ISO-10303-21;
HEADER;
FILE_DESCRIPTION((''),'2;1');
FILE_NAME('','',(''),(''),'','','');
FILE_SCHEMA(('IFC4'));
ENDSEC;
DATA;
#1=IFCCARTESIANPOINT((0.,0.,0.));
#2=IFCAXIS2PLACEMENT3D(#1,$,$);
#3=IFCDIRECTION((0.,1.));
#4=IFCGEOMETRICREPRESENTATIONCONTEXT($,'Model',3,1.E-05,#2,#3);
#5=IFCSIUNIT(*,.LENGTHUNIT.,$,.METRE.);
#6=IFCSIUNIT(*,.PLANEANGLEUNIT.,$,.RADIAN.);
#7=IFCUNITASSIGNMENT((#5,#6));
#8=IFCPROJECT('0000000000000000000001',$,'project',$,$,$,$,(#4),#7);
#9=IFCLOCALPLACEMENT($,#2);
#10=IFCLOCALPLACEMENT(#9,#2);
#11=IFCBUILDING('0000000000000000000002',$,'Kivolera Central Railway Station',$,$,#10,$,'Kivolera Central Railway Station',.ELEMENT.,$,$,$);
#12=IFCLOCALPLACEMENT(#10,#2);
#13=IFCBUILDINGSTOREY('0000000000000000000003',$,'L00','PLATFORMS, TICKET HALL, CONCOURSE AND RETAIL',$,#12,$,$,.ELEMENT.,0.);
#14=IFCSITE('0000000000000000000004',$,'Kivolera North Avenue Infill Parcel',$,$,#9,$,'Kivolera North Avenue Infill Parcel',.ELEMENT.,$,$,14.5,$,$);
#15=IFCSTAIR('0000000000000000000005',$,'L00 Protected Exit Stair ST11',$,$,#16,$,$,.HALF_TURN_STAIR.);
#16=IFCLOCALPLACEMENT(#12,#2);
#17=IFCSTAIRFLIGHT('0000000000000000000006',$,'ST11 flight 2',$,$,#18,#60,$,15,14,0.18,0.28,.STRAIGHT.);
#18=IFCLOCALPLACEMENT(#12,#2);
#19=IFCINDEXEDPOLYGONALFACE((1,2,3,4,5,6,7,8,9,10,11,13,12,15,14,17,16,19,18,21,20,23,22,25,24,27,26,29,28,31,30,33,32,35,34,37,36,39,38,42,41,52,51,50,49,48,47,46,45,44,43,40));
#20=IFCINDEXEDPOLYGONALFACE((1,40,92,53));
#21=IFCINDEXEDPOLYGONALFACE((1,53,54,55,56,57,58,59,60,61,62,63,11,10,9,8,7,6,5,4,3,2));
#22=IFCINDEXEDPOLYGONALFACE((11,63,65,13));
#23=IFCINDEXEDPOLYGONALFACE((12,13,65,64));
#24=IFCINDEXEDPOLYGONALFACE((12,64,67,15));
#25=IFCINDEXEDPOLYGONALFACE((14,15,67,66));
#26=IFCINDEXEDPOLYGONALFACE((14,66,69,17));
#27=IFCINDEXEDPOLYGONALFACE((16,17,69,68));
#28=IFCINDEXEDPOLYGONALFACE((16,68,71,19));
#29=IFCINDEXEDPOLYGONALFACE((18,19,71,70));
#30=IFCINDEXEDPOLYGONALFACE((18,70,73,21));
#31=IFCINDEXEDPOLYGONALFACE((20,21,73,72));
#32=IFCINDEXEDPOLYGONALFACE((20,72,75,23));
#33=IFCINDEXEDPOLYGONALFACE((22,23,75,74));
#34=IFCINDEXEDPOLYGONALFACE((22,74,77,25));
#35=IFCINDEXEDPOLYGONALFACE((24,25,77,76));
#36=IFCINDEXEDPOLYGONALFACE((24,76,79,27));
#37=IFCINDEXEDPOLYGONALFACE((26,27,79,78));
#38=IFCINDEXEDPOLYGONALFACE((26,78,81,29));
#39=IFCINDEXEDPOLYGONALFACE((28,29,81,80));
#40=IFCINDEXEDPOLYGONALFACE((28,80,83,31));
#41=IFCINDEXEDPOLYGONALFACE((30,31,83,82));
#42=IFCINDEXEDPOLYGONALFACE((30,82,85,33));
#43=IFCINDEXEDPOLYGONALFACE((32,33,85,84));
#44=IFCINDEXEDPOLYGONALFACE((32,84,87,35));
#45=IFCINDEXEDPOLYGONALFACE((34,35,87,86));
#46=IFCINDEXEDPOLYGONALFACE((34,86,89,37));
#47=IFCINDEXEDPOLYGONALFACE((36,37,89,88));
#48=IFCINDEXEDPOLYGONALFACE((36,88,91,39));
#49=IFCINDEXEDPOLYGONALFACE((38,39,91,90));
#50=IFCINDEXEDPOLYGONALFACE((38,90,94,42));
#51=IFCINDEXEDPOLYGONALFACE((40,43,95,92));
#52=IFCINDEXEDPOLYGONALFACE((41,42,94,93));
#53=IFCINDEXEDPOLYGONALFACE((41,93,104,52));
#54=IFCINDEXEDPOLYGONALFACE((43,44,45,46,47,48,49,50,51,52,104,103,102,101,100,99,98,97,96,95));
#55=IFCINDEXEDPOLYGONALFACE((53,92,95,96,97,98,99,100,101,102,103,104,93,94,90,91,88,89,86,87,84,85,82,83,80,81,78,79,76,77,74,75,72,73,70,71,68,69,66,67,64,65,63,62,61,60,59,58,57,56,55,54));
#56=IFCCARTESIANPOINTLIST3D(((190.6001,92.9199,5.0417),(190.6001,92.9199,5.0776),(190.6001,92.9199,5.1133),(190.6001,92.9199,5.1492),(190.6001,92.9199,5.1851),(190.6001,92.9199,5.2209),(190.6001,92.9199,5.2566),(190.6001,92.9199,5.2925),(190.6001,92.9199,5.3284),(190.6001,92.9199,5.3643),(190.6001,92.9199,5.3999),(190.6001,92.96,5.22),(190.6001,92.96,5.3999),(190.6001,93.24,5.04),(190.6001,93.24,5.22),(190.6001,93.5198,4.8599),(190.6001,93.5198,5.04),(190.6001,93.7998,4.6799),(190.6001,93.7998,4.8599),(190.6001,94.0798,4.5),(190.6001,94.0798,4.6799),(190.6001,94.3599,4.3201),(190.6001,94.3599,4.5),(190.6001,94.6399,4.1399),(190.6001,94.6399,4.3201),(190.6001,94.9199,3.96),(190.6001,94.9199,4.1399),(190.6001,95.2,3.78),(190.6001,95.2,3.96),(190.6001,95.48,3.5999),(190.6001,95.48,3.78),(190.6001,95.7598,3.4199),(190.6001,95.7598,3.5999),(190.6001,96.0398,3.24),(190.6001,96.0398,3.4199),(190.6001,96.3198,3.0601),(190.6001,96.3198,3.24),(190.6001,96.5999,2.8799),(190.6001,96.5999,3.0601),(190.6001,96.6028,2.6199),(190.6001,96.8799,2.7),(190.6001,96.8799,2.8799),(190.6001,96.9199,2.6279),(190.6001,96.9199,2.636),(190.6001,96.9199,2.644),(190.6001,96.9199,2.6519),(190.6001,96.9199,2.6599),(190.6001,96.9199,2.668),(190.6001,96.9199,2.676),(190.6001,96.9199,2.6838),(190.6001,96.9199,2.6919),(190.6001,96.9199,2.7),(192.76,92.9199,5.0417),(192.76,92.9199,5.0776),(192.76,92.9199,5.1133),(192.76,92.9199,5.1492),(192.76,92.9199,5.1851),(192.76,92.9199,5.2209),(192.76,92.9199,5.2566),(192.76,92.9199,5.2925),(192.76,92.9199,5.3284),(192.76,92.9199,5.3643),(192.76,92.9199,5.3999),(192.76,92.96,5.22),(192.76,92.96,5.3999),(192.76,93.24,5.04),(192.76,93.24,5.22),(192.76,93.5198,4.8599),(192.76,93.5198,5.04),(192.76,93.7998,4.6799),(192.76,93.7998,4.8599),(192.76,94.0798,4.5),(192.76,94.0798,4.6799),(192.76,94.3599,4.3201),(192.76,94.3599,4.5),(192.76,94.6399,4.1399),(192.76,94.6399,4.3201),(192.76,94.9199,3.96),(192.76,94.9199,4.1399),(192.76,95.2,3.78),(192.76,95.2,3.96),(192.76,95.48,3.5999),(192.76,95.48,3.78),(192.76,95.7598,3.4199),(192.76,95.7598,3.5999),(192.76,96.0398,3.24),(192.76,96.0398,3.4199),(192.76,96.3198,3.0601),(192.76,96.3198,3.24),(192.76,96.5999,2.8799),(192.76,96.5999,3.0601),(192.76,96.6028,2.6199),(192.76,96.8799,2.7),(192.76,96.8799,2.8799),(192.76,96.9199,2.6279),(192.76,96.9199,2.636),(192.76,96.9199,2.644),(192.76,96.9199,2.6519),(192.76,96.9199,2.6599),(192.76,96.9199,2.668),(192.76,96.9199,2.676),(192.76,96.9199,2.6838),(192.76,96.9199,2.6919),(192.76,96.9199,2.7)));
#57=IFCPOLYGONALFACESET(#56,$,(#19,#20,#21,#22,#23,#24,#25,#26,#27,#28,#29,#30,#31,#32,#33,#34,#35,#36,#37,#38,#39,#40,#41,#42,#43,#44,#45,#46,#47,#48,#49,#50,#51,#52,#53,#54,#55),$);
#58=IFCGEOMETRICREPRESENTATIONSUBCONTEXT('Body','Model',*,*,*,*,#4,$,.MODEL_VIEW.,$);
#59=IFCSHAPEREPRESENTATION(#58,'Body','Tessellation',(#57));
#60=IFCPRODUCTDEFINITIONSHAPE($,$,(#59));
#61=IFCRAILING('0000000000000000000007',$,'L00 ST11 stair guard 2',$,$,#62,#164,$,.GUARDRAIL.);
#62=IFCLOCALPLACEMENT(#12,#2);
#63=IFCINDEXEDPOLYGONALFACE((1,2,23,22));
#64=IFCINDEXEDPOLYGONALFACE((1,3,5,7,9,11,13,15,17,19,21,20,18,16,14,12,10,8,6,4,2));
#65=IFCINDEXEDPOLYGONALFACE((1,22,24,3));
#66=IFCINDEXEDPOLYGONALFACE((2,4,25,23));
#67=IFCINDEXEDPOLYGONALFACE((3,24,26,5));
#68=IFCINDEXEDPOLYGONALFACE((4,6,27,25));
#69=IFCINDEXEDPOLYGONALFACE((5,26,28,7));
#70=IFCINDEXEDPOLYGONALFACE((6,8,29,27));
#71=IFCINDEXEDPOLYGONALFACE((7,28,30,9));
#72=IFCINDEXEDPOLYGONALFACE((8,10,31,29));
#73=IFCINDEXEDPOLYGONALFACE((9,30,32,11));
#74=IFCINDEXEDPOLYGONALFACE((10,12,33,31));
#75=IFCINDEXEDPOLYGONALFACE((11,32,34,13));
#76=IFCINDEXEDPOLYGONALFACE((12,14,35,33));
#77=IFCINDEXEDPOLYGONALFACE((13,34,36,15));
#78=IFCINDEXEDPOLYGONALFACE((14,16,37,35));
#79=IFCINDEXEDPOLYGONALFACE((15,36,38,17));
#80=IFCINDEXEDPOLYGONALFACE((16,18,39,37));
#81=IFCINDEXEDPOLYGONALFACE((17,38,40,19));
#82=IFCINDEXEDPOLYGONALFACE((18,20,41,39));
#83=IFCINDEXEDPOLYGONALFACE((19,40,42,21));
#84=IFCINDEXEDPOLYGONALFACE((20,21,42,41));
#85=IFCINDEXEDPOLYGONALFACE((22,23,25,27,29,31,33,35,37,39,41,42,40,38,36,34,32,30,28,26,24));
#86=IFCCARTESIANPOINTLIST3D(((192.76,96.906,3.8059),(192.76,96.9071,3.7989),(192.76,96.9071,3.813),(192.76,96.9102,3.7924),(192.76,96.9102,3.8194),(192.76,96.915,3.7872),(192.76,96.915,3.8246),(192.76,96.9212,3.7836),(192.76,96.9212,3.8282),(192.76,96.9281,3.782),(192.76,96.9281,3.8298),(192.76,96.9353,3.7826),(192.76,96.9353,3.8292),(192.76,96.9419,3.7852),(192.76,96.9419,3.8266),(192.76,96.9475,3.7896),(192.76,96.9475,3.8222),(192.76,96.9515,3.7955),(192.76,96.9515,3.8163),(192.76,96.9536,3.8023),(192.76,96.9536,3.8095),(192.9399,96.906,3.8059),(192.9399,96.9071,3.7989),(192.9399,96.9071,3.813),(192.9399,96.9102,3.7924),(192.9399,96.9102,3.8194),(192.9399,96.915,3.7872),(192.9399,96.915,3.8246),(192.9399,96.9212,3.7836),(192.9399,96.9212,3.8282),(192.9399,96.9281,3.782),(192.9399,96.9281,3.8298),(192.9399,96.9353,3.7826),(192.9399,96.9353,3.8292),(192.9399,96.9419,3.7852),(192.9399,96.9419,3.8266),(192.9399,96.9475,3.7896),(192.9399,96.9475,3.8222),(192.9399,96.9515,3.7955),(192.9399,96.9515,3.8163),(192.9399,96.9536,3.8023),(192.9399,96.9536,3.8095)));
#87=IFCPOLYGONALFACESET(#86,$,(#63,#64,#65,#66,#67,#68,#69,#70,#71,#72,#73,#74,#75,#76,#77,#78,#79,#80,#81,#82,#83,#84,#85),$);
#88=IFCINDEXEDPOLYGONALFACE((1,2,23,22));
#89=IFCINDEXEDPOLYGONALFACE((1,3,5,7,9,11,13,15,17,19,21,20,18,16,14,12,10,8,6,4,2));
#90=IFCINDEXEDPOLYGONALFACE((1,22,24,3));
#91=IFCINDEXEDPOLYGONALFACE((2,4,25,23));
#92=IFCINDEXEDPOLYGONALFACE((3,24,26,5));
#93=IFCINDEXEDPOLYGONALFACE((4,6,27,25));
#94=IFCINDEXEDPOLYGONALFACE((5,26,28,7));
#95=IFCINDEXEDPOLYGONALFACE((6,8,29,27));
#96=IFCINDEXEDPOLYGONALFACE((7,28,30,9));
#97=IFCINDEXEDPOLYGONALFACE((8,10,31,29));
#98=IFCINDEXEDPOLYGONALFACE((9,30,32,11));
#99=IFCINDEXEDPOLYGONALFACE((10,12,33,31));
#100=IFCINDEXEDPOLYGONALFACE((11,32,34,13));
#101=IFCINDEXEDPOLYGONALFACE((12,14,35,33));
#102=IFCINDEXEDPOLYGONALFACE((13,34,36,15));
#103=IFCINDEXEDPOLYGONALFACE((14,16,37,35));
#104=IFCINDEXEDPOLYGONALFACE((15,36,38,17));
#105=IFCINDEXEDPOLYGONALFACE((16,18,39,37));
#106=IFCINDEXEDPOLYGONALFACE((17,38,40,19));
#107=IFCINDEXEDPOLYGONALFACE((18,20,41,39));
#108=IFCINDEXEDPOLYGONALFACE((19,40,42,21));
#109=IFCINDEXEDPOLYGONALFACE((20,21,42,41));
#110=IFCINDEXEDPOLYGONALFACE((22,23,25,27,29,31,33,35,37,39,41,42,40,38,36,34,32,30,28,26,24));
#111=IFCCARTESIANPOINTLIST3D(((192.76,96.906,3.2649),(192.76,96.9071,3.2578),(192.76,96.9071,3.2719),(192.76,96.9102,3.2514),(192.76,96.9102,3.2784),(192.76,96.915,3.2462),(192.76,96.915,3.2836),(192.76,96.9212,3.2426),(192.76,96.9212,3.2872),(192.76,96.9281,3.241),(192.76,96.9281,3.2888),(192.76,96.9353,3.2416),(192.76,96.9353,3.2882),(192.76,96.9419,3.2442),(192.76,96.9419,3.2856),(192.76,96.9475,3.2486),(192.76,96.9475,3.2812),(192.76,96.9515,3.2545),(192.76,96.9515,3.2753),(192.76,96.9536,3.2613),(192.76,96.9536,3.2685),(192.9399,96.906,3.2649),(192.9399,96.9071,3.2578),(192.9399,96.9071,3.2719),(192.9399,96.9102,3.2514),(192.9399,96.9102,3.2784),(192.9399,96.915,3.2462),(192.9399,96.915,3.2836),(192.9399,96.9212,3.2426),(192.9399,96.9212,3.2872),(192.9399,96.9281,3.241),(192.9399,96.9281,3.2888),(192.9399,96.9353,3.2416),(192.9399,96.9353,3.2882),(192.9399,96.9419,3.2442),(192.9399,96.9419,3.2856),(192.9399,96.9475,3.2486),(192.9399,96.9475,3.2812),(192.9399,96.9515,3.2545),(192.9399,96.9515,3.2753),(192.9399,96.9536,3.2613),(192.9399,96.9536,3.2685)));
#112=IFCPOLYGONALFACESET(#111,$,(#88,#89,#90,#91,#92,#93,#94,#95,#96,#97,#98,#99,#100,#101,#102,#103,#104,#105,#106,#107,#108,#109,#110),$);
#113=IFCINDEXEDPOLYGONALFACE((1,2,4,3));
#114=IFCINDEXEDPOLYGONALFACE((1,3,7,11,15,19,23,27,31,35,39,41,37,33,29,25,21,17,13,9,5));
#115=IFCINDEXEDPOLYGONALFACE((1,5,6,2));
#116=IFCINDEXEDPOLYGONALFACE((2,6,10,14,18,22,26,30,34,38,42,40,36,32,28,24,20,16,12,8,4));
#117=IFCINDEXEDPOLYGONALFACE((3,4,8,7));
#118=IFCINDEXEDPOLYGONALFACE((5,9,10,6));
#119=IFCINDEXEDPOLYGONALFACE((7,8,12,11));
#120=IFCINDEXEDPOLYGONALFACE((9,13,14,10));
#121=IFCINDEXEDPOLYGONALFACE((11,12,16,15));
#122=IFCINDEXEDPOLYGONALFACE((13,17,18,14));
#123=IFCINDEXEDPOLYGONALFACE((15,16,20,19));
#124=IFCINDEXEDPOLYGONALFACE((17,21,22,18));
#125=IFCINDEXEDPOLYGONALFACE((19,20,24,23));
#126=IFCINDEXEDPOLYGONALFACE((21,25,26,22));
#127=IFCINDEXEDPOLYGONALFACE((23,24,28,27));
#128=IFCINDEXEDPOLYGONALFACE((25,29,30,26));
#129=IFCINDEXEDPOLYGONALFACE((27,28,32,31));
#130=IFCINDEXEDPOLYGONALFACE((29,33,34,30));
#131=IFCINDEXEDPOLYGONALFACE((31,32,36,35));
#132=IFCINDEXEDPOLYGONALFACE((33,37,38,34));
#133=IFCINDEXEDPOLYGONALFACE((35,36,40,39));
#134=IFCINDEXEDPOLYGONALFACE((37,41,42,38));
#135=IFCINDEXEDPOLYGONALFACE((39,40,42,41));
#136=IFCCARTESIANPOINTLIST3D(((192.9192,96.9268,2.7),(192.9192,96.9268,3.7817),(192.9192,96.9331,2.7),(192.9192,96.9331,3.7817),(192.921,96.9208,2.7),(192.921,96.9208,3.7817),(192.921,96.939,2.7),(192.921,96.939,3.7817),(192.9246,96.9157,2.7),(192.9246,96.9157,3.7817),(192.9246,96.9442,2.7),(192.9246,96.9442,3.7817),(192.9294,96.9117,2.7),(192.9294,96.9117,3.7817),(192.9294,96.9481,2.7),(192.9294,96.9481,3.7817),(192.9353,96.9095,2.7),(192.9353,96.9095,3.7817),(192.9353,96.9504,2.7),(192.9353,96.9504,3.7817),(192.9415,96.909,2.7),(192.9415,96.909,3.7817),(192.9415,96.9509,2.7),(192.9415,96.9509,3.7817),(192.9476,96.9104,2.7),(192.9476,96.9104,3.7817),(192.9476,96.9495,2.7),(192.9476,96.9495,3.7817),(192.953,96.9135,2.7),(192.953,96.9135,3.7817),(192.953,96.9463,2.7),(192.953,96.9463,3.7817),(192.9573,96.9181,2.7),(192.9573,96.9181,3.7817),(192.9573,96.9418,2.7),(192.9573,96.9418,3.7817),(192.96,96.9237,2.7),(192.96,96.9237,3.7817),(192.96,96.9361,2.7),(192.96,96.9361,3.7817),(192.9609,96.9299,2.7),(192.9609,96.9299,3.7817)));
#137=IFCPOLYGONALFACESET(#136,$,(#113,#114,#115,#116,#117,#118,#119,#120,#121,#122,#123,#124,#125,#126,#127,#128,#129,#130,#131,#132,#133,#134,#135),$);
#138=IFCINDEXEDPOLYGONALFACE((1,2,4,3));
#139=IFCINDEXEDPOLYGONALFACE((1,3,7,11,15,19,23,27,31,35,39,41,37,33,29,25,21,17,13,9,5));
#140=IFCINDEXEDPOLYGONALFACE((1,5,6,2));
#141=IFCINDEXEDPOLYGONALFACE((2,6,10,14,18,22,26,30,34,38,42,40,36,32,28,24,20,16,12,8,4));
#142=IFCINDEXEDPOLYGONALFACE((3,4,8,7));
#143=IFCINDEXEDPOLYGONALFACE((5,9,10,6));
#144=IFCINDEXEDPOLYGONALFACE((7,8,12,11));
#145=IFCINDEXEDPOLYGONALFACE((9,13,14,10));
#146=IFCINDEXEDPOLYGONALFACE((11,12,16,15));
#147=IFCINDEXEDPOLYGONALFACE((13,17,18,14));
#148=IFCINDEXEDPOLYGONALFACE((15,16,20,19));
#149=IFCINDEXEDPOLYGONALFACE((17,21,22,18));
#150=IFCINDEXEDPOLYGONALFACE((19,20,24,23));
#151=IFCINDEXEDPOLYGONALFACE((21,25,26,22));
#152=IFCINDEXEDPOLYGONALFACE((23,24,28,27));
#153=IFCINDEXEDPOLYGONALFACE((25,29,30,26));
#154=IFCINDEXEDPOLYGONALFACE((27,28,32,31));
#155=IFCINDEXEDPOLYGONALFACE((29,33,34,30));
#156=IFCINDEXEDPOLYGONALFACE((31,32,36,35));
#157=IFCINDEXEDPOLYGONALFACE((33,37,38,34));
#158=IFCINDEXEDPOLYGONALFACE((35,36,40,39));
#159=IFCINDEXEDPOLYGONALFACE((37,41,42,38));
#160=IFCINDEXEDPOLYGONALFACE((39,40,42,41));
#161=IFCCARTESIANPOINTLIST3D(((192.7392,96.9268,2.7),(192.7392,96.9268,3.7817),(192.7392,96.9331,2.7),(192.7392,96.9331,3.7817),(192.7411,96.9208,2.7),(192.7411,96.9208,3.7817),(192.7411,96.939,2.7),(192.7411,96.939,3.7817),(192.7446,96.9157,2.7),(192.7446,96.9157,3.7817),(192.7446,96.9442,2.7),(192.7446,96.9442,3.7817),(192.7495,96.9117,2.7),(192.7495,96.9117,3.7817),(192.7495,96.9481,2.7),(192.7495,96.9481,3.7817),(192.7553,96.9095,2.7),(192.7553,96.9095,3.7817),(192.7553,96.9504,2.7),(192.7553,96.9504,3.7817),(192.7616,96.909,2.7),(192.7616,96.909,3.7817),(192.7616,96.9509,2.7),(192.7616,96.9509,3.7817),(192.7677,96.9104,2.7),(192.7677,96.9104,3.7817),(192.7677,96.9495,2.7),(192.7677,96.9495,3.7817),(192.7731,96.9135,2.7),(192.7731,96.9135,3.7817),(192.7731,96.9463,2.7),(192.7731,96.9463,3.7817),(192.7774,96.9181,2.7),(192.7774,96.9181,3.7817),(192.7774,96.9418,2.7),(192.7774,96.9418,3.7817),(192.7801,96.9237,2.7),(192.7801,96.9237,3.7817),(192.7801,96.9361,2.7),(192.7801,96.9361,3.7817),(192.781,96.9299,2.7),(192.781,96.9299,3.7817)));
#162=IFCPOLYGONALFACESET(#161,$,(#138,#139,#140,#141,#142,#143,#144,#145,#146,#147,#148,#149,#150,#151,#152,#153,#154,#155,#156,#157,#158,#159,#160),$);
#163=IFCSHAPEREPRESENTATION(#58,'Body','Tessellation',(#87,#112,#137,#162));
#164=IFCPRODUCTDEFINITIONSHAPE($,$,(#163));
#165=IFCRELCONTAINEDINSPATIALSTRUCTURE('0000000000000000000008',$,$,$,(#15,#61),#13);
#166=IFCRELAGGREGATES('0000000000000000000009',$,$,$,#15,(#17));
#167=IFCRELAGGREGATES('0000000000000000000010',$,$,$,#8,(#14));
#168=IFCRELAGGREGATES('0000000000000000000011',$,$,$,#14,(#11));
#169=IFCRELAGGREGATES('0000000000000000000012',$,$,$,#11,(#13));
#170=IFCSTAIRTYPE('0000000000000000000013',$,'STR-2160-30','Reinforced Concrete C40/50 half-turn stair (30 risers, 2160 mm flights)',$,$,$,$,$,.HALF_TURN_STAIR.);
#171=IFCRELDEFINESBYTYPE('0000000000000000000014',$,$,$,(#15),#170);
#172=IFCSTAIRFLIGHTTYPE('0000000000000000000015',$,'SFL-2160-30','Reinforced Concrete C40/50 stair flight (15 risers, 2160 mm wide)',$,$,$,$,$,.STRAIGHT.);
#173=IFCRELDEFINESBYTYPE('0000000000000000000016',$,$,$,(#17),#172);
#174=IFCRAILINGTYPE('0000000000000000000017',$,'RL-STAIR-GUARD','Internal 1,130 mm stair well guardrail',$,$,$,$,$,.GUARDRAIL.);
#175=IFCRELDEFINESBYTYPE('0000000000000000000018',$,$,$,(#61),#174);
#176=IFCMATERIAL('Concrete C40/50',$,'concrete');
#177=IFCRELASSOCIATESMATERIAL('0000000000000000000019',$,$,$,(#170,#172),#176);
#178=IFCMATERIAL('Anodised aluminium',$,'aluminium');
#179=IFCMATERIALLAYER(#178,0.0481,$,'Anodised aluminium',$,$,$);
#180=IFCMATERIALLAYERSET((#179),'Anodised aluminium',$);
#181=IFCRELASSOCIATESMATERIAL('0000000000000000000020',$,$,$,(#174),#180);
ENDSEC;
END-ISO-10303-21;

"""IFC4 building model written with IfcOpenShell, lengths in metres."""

from ifc_helpers import new_model, si_unit, direction, frame, origin, origin_2d, place, context, subcontext, project, spatial, polyline, circle, outline, extrude, material, layer, layer_set, type_object, element, aggregate, save


model = new_model("IFC4")

# Units and contexts
model_context = context("Model", 3, precision=1e-05, world=origin(), true_north=direction((0.0, 1.0)))
body_context = subcontext(model_context, "Body", "Model", "MODEL_VIEW")
ifc_project = project(units=[si_unit("LENGTHUNIT", "METRE"), si_unit("PLANEANGLEUNIT", "RADIAN")], contexts=[model_context])

# Site, building, storey
site_placement = place(None, origin())
site = spatial("IfcSite", under=ifc_project, at=site_placement, Name="Kivolera North Avenue Infill Parcel", LongName="Kivolera North Avenue Infill Parcel", CompositionType="ELEMENT", RefElevation=14.5)
building_placement = place(site_placement, origin())
building = spatial("IfcBuilding", under=site, at=building_placement, Name="Kivolera Central Railway Station", LongName="Kivolera Central Railway Station", CompositionType="ELEMENT")
storey_placement = place(building_placement, origin())
storey = spatial("IfcBuildingStorey", under=building, at=storey_placement, Name="L00", Description="PLATFORMS, TICKET HALL, CONCOURSE AND RETAIL", CompositionType="ELEMENT", Elevation=0.0)

# Shared definitions
ifc_material_1 = material(Name="Concrete C40/50", Category="concrete")

# Shared definitions
ifc_material_2 = material(Name="Anodised aluminium", Category="aluminium")

# Stair, stair flight
stair_type = type_object("IfcStairType", Name="STR-2160-30", Description="Reinforced Concrete C40/50 half-turn stair (30 risers, 2160 mm flights)", PredefinedType="HALF_TURN_STAIR", material=ifc_material_1)
stair_placement = place(storey_placement, origin())
stair = element("IfcStair", 1, at=stair_placement, inside=storey, type_object=stair_type, Name="L00 Protected Exit Stair ST11", PredefinedType="HALF_TURN_STAIR")
stair_flight_type = type_object("IfcStairFlightType", Name="SFL-2160-30", Description="Reinforced Concrete C40/50 stair flight (15 risers, 2160 mm wide)", PredefinedType="STRAIGHT", material=ifc_material_1)
stair_flight_placement = place(storey_placement, frame((191.6799, 96.8799, 2.7), z_axis=(0.0, 0.0, 1.0), x_axis=(0.0, -1.0, 0.0)))
stair_flight = element("IfcStairFlight", 2, at=stair_flight_placement, type_object=stair_flight_type, Name="ST11 flight 2", NumberOfRisers=15, NumberOfTreads=14, PredefinedType="STRAIGHT", RiserHeight=0.18, TreadLength=0.28, context=body_context, shape_type="SweptSolid", body=[
    extrude(outline(polyline([(-0.04, 0.0), (0.0, 0.0), (0.0, 0.1799), (0.28, 0.1799), (0.28, 0.3601), (0.5601, 0.3601), (0.5601, 0.54), (0.8401, 0.54), (0.8401, 0.72), (1.1201, 0.72), (1.1201, 0.8999), (1.3999, 0.8999), (1.3999, 1.0801), (1.6799, 1.0801), (1.6799, 1.26), (1.96, 1.26), (1.96, 1.4399), (2.24, 1.4399), (2.24, 1.6201), (2.52, 1.6201), (2.52, 1.8), (2.8, 1.8), (2.8, 1.98), (3.0801, 1.98), (3.0801, 2.1599), (3.3601, 2.1599), (3.3601, 2.3401), (3.6399, 2.3401), (3.6399, 2.52), (3.9199, 2.52), (3.9199, 2.7), (3.96, 2.7), (3.96, 2.6643), (3.96, 2.6284), (3.96, 2.5925), (3.96, 2.5566), (3.96, 2.521), (3.96, 2.4851), (3.96, 2.4492), (3.96, 2.4133), (3.96, 2.3777), (3.96, 2.3418), (0.2771, -0.0801), (-0.04, -0.072), (-0.04, -0.064), (-0.04, -0.0559), (-0.04, -0.0481), (-0.04, -0.04), (-0.04, -0.032), (-0.04, -0.0239), (-0.04, -0.0161), (-0.04, -0.0081), (-0.04, 0.0)])), frame((0.0, 1.0801, 0.0), z_axis=(0.0, -1.0, 0.0), x_axis=(1.0, 0.0, 0.0)), (0.0, 0.0, 1.0), 2.1599),
])
aggregate(stair, [stair_flight])

# Railing
ifc_layer_1 = layer(ifc_material_2, 0.0481, Name="Anodised aluminium")
ifc_layer_set_1 = layer_set([ifc_layer_1], Name="Anodised aluminium")
railing_type_1 = type_object("IfcRailingType", Name="RL-STAIR-GUARD", Description="Internal 1,130 mm stair well guardrail", PredefinedType="GUARDRAIL", material=ifc_layer_set_1)
railing_1_placement = place(storey_placement, frame((192.9399, 96.9299, 2.7)))
element("IfcRailing", 3, at=railing_1_placement, inside=storey, type_object=railing_type_1, Name="L00 ST11 stair guard 2", PredefinedType="GUARDRAIL", context=body_context, shape_type="SweptSolid", body=[
    extrude(circle(Radius=0.0239, at=origin_2d()), frame((0.0, 0.0, 1.106), z_axis=(-1.0, 0.0, 0.0), x_axis=(0.0, -1.0, 0.0)), (0.0, 0.0, 1.0), 0.1799),
    extrude(circle(Radius=0.0239, at=origin_2d()), frame((0.0, 0.0, 0.5649), z_axis=(-1.0, 0.0, 0.0), x_axis=(0.0, -1.0, 0.0)), (0.0, 0.0, 1.0), 0.1799),
    extrude(circle(Radius=0.021, at=origin_2d()), origin(), (0.0, 0.0, 1.0), 1.0818),
    extrude(circle(Radius=0.021, at=origin_2d()), frame((-0.1799, 0.0, 0.0)), (0.0, 0.0, 1.0), 1.0818),
])

save(model, "model.ifc")
